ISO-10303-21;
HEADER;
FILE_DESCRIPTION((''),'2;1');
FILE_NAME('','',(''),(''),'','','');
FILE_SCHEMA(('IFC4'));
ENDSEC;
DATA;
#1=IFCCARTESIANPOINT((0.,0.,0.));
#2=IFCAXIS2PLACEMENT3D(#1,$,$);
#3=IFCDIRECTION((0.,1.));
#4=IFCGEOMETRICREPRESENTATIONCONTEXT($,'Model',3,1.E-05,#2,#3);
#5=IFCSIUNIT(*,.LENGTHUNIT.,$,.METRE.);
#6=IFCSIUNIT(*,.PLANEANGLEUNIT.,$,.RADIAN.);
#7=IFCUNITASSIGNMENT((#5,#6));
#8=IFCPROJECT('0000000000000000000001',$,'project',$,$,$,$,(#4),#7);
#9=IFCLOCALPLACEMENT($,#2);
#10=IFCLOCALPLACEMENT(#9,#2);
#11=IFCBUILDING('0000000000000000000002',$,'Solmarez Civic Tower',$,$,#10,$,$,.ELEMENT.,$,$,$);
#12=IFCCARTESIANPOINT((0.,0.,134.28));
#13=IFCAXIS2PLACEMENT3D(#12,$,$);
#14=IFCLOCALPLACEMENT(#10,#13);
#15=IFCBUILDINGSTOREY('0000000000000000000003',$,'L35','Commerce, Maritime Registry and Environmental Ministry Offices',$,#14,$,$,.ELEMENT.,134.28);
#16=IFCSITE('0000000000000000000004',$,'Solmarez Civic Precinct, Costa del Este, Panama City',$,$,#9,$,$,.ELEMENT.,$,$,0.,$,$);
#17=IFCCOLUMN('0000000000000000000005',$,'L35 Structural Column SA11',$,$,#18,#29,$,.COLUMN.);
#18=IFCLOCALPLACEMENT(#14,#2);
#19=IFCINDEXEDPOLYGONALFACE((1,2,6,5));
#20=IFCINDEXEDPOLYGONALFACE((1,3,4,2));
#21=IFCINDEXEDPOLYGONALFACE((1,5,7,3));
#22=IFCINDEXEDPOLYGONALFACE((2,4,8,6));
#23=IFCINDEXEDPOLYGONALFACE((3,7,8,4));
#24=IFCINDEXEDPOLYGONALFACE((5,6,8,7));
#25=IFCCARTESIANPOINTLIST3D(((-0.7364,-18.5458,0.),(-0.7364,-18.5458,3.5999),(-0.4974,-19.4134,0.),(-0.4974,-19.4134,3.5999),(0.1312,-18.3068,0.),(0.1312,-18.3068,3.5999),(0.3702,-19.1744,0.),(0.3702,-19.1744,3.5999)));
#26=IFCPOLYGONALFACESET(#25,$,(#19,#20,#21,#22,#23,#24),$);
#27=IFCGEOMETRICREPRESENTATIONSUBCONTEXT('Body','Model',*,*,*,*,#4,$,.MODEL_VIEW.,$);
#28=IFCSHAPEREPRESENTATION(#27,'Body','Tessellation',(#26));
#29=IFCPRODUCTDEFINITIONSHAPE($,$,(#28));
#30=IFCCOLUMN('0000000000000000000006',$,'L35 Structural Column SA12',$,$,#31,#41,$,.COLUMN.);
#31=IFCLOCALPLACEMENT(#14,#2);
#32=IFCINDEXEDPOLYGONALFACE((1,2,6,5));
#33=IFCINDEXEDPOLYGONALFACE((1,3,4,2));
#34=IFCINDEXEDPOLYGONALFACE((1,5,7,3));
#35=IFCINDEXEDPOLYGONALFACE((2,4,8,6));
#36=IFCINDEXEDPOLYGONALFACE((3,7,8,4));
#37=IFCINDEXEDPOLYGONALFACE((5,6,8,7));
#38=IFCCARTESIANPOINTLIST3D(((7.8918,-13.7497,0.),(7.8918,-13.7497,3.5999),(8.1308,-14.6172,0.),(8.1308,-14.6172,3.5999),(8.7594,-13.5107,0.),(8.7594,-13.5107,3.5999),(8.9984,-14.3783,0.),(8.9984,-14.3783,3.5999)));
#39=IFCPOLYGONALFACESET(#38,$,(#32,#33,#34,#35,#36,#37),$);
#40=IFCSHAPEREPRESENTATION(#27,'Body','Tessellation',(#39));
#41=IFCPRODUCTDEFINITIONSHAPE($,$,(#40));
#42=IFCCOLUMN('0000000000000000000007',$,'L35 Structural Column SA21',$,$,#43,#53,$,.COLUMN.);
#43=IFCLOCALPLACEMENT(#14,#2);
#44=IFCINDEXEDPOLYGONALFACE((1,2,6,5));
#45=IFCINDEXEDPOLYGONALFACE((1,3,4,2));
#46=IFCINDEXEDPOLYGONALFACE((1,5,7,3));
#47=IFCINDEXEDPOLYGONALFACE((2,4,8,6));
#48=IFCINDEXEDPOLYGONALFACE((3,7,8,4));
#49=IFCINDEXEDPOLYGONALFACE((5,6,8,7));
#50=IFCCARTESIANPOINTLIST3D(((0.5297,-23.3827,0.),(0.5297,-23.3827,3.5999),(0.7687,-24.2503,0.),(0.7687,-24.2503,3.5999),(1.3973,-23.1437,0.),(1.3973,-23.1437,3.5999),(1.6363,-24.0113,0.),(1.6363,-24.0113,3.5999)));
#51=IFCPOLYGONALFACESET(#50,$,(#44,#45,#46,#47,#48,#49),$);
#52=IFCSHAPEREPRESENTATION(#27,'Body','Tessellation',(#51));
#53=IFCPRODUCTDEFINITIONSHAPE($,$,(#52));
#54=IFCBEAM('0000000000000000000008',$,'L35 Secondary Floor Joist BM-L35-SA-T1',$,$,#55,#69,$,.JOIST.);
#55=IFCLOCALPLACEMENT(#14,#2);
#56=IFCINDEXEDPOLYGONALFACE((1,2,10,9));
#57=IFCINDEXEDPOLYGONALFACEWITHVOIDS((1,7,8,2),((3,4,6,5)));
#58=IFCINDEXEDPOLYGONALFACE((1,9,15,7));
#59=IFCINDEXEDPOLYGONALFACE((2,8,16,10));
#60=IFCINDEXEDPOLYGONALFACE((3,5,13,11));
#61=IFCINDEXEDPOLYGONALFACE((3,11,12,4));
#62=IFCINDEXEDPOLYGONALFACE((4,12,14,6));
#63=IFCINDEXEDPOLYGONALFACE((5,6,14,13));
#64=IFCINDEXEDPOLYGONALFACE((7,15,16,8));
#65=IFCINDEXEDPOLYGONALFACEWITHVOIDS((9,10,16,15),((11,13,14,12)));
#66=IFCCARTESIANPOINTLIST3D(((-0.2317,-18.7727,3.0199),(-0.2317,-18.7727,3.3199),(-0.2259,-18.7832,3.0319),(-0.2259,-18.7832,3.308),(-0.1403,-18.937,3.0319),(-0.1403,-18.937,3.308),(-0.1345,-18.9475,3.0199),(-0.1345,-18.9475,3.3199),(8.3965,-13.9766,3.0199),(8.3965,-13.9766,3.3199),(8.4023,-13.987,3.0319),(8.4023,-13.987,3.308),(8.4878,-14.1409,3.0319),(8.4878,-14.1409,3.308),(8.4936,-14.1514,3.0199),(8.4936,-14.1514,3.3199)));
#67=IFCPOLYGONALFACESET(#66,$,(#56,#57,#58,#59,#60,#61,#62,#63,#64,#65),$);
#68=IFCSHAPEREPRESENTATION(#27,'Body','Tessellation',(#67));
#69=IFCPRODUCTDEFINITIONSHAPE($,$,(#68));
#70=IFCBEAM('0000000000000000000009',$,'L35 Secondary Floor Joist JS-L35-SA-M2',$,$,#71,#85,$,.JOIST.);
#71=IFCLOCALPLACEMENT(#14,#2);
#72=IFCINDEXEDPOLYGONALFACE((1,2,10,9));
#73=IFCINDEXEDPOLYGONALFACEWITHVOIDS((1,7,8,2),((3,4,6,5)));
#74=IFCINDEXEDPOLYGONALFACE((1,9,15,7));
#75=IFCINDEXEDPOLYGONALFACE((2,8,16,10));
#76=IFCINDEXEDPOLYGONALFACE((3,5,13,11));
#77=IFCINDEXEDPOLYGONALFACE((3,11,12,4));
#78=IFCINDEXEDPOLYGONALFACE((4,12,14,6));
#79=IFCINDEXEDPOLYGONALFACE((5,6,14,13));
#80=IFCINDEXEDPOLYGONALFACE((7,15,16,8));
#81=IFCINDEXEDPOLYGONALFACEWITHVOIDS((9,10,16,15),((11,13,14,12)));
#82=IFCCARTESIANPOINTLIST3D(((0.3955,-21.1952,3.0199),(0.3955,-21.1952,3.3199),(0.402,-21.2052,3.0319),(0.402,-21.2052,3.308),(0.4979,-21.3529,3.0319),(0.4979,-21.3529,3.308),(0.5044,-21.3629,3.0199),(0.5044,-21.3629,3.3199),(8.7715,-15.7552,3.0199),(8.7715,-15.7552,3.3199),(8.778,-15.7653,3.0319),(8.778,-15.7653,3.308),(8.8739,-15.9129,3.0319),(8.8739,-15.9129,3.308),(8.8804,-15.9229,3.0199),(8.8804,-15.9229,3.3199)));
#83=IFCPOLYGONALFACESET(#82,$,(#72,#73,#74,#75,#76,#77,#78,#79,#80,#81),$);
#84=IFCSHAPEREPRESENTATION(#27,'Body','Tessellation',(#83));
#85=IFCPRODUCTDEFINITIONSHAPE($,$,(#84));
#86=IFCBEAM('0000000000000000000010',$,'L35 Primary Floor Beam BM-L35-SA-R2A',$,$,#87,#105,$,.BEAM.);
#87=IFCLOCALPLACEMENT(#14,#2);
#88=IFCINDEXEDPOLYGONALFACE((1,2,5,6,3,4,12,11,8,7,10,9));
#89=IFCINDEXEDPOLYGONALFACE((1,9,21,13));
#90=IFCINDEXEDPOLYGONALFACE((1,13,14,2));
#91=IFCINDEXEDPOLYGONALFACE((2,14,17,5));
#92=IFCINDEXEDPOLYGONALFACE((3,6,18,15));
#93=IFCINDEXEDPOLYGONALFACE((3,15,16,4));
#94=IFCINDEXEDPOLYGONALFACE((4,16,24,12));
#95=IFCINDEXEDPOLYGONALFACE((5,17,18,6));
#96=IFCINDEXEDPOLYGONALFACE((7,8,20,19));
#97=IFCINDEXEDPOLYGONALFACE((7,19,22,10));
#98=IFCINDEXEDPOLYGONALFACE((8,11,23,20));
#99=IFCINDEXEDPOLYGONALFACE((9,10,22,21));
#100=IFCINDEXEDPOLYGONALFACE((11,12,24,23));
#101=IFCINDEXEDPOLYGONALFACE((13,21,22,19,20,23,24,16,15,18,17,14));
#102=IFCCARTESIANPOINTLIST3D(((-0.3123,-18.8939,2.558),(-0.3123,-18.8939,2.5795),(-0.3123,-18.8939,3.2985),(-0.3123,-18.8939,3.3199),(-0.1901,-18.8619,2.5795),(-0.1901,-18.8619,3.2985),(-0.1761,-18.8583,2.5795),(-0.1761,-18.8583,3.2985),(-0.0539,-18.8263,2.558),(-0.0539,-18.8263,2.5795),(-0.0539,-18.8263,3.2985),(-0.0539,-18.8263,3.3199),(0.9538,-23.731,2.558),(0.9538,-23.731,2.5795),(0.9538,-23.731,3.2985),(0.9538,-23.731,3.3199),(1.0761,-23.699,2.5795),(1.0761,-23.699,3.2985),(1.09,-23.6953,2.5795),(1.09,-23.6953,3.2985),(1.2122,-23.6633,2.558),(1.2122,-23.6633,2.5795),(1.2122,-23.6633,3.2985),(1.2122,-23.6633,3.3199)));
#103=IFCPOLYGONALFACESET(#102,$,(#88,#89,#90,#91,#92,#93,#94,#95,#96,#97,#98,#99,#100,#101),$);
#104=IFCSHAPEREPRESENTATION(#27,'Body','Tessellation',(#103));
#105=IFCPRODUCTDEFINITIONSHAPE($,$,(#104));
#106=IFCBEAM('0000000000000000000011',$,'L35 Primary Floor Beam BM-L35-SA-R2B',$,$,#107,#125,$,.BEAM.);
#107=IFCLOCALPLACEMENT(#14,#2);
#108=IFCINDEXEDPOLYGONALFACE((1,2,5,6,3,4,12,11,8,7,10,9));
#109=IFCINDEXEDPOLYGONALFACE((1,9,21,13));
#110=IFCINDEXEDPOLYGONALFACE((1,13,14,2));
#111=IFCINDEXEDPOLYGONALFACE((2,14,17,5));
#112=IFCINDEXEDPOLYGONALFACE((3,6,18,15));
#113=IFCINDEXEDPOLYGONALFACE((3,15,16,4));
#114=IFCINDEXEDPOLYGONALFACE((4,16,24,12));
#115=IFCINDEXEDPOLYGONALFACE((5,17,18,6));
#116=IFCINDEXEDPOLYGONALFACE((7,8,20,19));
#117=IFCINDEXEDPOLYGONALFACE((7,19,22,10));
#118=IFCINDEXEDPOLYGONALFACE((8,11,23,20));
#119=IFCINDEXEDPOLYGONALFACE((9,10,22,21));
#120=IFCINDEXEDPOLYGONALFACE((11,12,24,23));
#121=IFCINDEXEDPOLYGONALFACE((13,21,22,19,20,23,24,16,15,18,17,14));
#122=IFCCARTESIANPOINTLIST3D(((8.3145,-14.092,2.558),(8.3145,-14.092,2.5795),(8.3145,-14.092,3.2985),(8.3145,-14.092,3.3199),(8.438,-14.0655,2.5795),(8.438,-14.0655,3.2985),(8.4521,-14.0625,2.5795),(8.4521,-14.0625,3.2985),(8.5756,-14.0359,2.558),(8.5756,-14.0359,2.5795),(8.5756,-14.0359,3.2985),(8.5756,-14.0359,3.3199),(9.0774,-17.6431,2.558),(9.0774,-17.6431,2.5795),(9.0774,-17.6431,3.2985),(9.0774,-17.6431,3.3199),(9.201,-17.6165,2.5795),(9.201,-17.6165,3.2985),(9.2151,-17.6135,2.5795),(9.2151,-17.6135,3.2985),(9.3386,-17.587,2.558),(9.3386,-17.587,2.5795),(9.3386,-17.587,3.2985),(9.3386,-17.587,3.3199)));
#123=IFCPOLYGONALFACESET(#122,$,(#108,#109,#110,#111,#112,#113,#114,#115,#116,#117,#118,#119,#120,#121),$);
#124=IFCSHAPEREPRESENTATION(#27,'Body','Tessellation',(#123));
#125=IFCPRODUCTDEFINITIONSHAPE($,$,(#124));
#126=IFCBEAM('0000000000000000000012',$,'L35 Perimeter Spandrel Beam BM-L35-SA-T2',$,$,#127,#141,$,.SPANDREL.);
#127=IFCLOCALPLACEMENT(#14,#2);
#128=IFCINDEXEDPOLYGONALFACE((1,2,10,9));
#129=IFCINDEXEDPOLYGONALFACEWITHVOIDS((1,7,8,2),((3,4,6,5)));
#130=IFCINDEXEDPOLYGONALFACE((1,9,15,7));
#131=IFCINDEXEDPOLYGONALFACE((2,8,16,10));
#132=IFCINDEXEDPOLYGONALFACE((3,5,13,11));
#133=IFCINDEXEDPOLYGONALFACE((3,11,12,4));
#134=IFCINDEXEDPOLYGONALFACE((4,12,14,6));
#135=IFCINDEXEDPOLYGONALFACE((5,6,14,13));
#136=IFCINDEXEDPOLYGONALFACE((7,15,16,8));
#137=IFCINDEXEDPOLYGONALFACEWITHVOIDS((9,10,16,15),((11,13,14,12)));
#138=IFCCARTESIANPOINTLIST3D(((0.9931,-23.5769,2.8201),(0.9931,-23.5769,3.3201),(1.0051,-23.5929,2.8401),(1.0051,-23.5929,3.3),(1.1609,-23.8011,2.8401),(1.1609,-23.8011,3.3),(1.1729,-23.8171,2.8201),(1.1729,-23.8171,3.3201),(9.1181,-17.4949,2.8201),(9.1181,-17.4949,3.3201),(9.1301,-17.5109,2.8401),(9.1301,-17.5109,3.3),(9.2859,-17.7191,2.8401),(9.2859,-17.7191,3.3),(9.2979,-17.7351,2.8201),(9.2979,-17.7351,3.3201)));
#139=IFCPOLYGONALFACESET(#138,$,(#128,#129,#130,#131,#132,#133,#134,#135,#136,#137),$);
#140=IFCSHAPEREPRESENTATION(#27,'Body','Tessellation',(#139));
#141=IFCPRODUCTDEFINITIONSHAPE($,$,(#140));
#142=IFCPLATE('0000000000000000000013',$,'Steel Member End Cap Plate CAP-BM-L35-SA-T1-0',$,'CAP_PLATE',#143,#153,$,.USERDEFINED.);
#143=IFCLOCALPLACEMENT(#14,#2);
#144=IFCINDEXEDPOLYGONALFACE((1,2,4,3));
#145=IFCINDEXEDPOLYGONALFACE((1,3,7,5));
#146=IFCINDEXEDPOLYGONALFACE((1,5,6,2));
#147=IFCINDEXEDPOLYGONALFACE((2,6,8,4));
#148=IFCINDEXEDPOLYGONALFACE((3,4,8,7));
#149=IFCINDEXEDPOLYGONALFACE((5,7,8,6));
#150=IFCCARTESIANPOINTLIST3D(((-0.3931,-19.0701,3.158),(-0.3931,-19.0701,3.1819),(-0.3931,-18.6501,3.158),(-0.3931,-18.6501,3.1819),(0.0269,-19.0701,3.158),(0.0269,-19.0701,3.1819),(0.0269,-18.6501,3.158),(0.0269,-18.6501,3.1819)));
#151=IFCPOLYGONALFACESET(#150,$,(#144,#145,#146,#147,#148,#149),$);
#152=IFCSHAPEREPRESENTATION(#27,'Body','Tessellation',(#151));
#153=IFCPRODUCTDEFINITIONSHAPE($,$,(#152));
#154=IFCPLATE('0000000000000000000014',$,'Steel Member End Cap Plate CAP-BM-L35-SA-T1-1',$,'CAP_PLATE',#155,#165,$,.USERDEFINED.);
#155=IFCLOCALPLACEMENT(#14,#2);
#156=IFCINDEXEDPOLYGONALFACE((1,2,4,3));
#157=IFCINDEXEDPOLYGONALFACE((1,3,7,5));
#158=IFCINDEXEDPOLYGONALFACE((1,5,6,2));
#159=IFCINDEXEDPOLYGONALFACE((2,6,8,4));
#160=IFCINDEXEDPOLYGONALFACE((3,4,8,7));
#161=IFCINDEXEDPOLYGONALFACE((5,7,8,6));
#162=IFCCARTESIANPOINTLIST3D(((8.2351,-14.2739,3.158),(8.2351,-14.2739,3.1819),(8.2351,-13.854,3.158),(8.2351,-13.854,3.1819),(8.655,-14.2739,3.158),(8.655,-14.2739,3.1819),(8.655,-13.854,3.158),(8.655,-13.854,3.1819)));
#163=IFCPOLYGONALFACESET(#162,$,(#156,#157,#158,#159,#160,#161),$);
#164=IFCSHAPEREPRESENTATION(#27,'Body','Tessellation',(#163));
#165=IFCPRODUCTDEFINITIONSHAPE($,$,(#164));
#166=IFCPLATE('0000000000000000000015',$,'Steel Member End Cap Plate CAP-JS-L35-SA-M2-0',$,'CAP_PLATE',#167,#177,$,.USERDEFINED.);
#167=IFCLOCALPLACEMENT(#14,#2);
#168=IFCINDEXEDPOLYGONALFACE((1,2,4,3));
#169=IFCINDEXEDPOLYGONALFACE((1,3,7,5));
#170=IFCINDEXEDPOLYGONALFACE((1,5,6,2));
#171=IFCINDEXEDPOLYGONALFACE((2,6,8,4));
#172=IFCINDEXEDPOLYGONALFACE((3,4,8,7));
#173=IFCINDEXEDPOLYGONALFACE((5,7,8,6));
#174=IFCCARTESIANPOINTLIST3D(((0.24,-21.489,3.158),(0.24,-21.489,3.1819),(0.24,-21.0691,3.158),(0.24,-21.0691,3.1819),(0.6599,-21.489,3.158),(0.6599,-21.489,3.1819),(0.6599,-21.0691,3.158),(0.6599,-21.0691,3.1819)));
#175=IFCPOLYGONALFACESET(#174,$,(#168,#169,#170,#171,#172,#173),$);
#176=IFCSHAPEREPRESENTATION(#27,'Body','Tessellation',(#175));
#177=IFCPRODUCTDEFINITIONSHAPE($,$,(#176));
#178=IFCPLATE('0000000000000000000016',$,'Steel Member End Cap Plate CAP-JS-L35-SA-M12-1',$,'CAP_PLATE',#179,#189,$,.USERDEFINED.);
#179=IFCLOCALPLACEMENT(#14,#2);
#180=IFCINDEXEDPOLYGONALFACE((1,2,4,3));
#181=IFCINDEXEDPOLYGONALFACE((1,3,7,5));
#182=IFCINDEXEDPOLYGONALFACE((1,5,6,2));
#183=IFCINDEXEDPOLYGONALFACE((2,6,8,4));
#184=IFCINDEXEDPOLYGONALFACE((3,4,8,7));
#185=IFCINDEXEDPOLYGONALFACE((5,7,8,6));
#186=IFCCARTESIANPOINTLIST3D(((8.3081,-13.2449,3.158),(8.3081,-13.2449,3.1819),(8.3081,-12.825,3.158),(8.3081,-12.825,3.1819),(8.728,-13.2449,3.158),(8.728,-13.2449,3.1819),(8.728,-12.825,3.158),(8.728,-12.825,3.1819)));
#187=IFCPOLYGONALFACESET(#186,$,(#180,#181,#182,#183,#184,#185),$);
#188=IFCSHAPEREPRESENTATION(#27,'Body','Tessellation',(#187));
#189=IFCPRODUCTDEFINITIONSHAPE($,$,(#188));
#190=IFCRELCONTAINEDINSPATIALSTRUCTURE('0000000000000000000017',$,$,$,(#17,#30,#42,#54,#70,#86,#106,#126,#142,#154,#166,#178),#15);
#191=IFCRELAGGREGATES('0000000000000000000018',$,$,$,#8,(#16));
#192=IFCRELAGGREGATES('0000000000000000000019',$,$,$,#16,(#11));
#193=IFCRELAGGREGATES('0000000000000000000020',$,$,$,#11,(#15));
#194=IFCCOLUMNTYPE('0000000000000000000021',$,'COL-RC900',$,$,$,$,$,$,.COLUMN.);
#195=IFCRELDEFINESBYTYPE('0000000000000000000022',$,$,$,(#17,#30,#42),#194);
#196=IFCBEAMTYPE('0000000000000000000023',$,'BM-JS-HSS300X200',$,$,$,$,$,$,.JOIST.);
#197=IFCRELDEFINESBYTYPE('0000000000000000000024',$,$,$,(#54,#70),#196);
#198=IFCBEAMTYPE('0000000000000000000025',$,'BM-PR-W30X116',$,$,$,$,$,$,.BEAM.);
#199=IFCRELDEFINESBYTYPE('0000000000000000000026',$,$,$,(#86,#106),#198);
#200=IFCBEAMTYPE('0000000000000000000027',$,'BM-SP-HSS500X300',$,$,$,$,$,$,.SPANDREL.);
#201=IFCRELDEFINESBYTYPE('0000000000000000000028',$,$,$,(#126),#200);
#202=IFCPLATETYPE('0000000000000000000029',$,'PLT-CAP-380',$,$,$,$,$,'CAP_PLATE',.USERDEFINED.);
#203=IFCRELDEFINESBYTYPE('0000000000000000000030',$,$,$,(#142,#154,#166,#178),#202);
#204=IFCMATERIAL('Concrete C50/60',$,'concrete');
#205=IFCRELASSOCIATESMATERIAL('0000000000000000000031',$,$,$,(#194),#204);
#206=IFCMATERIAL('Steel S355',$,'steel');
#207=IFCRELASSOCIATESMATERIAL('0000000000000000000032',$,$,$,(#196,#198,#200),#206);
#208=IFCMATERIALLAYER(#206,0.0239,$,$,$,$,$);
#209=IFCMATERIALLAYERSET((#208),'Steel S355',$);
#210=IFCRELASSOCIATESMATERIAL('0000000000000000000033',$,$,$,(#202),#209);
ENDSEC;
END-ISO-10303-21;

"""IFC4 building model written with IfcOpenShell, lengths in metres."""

from ifc_helpers import new_model, si_unit, direction, frame, origin, origin_2d, place, context, subcontext, project, spatial, rectangle, hollow_rectangle, i_section, extrude, material, layer, layer_set, material_profile, profile_set, type_object, element, save


model = new_model("IFC4")

# Units and contexts
model_context = context("Model", 3, precision=1e-05, world=origin(), true_north=direction((0.0, 1.0)))
body_context = subcontext(model_context, "Body", "Model", "MODEL_VIEW")
ifc_project = project(units=[si_unit("LENGTHUNIT", "METRE"), si_unit("PLANEANGLEUNIT", "RADIAN")], contexts=[model_context])

# Site, building, storey
site_placement = place(None, origin())
site = spatial("IfcSite", under=ifc_project, at=site_placement, Name="Solmarez Civic Precinct, Costa del Este, Panama City", CompositionType="ELEMENT", RefElevation=0.0)
building_placement = place(site_placement, origin())
building = spatial("IfcBuilding", under=site, at=building_placement, Name="Solmarez Civic Tower", CompositionType="ELEMENT")
storey_placement = place(building_placement, frame((0.0, 0.0, 134.28)))
storey = spatial("IfcBuildingStorey", under=building, at=storey_placement, Name="L35", Description="Commerce, Maritime Registry and Environmental Ministry Offices", CompositionType="ELEMENT", Elevation=134.28)

# Columns
ifc_material_1 = material(Name="Concrete C50/60", Category="concrete")
ifc_material_profile_1 = material_profile(ifc_material_1, rectangle(XDim=0.8999, YDim=0.8999, at=origin_2d()), Name="RC900X900")
ifc_profile_set_1 = profile_set([ifc_material_profile_1], Name="Concrete C50/60")
column_type = type_object("IfcColumnType", Name="COL-RC900", PredefinedType="COLUMN", material=ifc_profile_set_1)
for number, where, z_axis, x_axis, name in (
    (1, (-0.1831, -18.8601, 0.0), (0.0, 0.0, 1.0), (0.964095, 0.265556, 0.0), "L35 Structural Column SA11"),
    (2, (8.4451, -14.064, 0.0), (0.0, 0.0, 1.0), (0.964095, 0.265556, 0.0), "L35 Structural Column SA12"),
    (3, (1.083, -23.697, 0.0), (0.0, 0.0, 1.0), (0.964095, 0.265556, 0.0), "L35 Structural Column SA21"),
):
    element("IfcColumn", number, at=place(storey_placement, frame(where, z_axis=z_axis, x_axis=x_axis)), inside=storey, type_object=column_type, Name=name, PredefinedType="COLUMN", context=body_context, shape_type="SweptSolid", body=[
        extrude(rectangle(XDim=0.8999, YDim=0.8999, at=origin_2d()), origin(), (0.0, 0.0, 1.0), 3.5999),
    ])

# Beams
ifc_material_2 = material(Name="Steel S355", Category="steel")
ifc_material_profile_2 = material_profile(ifc_material_2, hollow_rectangle(XDim=0.2, YDim=0.3, WallThickness=0.012, at=origin_2d()), Name="HSS300X200X12")
ifc_profile_set_2 = profile_set([ifc_material_profile_2], Name="Steel S355")
beam_type_1 = type_object("IfcBeamType", Name="BM-JS-HSS300X200", PredefinedType="JOIST", material=ifc_profile_set_2)
beam_1_placement = place(storey_placement, frame((-0.1831, -18.8601, 3.1699), z_axis=(0.874041, 0.485853, 0.0), x_axis=(-0.485853, 0.874041, 0.0)))
element("IfcBeam", 4, at=beam_1_placement, inside=storey, type_object=beam_type_1, Name="L35 Secondary Floor Joist BM-L35-SA-T1", PredefinedType="JOIST", context=body_context, shape_type="SweptSolid", body=[
    extrude(hollow_rectangle(XDim=0.2, YDim=0.3, WallThickness=0.012, at=origin_2d()), origin(), (0.0, 0.0, 1.0), 9.8716),
])
beam_2_placement = place(storey_placement, frame((0.45, -21.2791, 3.1699), z_axis=(0.838647, 0.544676, 0.0), x_axis=(-0.544676, 0.838647, 0.0)))
element("IfcBeam", 5, at=beam_2_placement, inside=storey, type_object=beam_type_1, Name="L35 Secondary Floor Joist JS-L35-SA-M2", PredefinedType="JOIST", context=body_context, shape_type="SweptSolid", body=[
    extrude(hollow_rectangle(XDim=0.2, YDim=0.3, WallThickness=0.012, at=origin_2d()), origin(), (0.0, 0.0, 1.0), 9.9875),
])
ifc_material_profile_3 = material_profile(ifc_material_2, i_section(OverallWidth=0.2671, OverallDepth=0.762, WebThickness=0.0144, FlangeThickness=0.0215, at=origin_2d()), Name="W30X116")
ifc_profile_set_3 = profile_set([ifc_material_profile_3], Name="Steel S355")
beam_type_2 = type_object("IfcBeamType", Name="BM-PR-W30X116", PredefinedType="BEAM", material=ifc_profile_set_3)
beam_3_placement = place(storey_placement, frame((-0.1831, -18.8601, 2.939), z_axis=(0.253229, -0.967406, 0.0), x_axis=(0.967406, 0.253229, 0.0)))
element("IfcBeam", 6, at=beam_3_placement, inside=storey, type_object=beam_type_2, Name="L35 Primary Floor Beam BM-L35-SA-R2A", PredefinedType="BEAM", context=body_context, shape_type="SweptSolid", body=[
    extrude(i_section(OverallWidth=0.2671, OverallDepth=0.762, WebThickness=0.0144, FlangeThickness=0.0215, at=origin_2d()), origin(), (0.0, 0.0, 1.0), 5.0),
])
beam_4_placement = place(storey_placement, frame((8.4451, -14.064, 2.939), z_axis=(0.210057, -0.977689, 0.0), x_axis=(0.977689, 0.210057, 0.0)))
element("IfcBeam", 7, at=beam_4_placement, inside=storey, type_object=beam_type_2, Name="L35 Primary Floor Beam BM-L35-SA-R2B", PredefinedType="BEAM", context=body_context, shape_type="SweptSolid", body=[
    extrude(i_section(OverallWidth=0.2671, OverallDepth=0.762, WebThickness=0.0144, FlangeThickness=0.0215, at=origin_2d()), origin(), (0.0, 0.0, 1.0), 3.6321),
])
ifc_material_profile_4 = material_profile(ifc_material_2, hollow_rectangle(XDim=0.3, YDim=0.5, WallThickness=0.02, at=origin_2d()), Name="HSS500X300X20")
ifc_profile_set_4 = profile_set([ifc_material_profile_4], Name="Steel S355")
beam_type_3 = type_object("IfcBeamType", Name="BM-SP-HSS500X300", PredefinedType="SPANDREL", material=ifc_profile_set_4)
beam_5_placement = place(storey_placement, frame((1.083, -23.697, 3.0701), z_axis=(0.800554, 0.599261, 0.0), x_axis=(-0.599261, 0.800554, 0.0)))
element("IfcBeam", 8, at=beam_5_placement, inside=storey, type_object=beam_type_3, Name="L35 Perimeter Spandrel Beam BM-L35-SA-T2", PredefinedType="SPANDREL", context=body_context, shape_type="SweptSolid", body=[
    extrude(hollow_rectangle(XDim=0.3, YDim=0.5, WallThickness=0.02, at=origin_2d()), origin(), (0.0, 0.0, 1.0), 10.1492),
])

# Plates
ifc_layer_1 = layer(ifc_material_2, 0.0239)
ifc_layer_set_1 = layer_set([ifc_layer_1], Name="Steel S355")
plate_type_1 = type_object("IfcPlateType", Name="PLT-CAP-380", ElementType="CAP_PLATE", PredefinedType="USERDEFINED", material=ifc_layer_set_1)
for number, where, z_axis, x_axis, name in (
    (9, (-0.1831, -18.8601, 3.158), (0.0, 0.0, 1.0), (1.0, 0.0, 0.0), "Steel Member End Cap Plate CAP-BM-L35-SA-T1-0"),
    (10, (8.4451, -14.064, 3.158), (0.0, 0.0, 1.0), (1.0, 0.0, 0.0), "Steel Member End Cap Plate CAP-BM-L35-SA-T1-1"),
    (11, (0.45, -21.2791, 3.158), (0.0, 0.0, 1.0), (1.0, 0.0, 0.0), "Steel Member End Cap Plate CAP-JS-L35-SA-M2-0"),
    (12, (8.5181, -13.0349, 3.158), (0.0, 0.0, 1.0), (1.0, 0.0, 0.0), "Steel Member End Cap Plate CAP-JS-L35-SA-M12-1"),
):
    element("IfcPlate", number, at=place(storey_placement, frame(where, z_axis=z_axis, x_axis=x_axis)), inside=storey, type_object=plate_type_1, Name=name, ObjectType="CAP_PLATE", PredefinedType="USERDEFINED", context=body_context, shape_type="SweptSolid", body=[
        extrude(rectangle(XDim=0.4199, YDim=0.4199, at=origin_2d()), origin(), (0.0, 0.0, 1.0), 0.0239),
    ])

save(model, "model.ifc")
